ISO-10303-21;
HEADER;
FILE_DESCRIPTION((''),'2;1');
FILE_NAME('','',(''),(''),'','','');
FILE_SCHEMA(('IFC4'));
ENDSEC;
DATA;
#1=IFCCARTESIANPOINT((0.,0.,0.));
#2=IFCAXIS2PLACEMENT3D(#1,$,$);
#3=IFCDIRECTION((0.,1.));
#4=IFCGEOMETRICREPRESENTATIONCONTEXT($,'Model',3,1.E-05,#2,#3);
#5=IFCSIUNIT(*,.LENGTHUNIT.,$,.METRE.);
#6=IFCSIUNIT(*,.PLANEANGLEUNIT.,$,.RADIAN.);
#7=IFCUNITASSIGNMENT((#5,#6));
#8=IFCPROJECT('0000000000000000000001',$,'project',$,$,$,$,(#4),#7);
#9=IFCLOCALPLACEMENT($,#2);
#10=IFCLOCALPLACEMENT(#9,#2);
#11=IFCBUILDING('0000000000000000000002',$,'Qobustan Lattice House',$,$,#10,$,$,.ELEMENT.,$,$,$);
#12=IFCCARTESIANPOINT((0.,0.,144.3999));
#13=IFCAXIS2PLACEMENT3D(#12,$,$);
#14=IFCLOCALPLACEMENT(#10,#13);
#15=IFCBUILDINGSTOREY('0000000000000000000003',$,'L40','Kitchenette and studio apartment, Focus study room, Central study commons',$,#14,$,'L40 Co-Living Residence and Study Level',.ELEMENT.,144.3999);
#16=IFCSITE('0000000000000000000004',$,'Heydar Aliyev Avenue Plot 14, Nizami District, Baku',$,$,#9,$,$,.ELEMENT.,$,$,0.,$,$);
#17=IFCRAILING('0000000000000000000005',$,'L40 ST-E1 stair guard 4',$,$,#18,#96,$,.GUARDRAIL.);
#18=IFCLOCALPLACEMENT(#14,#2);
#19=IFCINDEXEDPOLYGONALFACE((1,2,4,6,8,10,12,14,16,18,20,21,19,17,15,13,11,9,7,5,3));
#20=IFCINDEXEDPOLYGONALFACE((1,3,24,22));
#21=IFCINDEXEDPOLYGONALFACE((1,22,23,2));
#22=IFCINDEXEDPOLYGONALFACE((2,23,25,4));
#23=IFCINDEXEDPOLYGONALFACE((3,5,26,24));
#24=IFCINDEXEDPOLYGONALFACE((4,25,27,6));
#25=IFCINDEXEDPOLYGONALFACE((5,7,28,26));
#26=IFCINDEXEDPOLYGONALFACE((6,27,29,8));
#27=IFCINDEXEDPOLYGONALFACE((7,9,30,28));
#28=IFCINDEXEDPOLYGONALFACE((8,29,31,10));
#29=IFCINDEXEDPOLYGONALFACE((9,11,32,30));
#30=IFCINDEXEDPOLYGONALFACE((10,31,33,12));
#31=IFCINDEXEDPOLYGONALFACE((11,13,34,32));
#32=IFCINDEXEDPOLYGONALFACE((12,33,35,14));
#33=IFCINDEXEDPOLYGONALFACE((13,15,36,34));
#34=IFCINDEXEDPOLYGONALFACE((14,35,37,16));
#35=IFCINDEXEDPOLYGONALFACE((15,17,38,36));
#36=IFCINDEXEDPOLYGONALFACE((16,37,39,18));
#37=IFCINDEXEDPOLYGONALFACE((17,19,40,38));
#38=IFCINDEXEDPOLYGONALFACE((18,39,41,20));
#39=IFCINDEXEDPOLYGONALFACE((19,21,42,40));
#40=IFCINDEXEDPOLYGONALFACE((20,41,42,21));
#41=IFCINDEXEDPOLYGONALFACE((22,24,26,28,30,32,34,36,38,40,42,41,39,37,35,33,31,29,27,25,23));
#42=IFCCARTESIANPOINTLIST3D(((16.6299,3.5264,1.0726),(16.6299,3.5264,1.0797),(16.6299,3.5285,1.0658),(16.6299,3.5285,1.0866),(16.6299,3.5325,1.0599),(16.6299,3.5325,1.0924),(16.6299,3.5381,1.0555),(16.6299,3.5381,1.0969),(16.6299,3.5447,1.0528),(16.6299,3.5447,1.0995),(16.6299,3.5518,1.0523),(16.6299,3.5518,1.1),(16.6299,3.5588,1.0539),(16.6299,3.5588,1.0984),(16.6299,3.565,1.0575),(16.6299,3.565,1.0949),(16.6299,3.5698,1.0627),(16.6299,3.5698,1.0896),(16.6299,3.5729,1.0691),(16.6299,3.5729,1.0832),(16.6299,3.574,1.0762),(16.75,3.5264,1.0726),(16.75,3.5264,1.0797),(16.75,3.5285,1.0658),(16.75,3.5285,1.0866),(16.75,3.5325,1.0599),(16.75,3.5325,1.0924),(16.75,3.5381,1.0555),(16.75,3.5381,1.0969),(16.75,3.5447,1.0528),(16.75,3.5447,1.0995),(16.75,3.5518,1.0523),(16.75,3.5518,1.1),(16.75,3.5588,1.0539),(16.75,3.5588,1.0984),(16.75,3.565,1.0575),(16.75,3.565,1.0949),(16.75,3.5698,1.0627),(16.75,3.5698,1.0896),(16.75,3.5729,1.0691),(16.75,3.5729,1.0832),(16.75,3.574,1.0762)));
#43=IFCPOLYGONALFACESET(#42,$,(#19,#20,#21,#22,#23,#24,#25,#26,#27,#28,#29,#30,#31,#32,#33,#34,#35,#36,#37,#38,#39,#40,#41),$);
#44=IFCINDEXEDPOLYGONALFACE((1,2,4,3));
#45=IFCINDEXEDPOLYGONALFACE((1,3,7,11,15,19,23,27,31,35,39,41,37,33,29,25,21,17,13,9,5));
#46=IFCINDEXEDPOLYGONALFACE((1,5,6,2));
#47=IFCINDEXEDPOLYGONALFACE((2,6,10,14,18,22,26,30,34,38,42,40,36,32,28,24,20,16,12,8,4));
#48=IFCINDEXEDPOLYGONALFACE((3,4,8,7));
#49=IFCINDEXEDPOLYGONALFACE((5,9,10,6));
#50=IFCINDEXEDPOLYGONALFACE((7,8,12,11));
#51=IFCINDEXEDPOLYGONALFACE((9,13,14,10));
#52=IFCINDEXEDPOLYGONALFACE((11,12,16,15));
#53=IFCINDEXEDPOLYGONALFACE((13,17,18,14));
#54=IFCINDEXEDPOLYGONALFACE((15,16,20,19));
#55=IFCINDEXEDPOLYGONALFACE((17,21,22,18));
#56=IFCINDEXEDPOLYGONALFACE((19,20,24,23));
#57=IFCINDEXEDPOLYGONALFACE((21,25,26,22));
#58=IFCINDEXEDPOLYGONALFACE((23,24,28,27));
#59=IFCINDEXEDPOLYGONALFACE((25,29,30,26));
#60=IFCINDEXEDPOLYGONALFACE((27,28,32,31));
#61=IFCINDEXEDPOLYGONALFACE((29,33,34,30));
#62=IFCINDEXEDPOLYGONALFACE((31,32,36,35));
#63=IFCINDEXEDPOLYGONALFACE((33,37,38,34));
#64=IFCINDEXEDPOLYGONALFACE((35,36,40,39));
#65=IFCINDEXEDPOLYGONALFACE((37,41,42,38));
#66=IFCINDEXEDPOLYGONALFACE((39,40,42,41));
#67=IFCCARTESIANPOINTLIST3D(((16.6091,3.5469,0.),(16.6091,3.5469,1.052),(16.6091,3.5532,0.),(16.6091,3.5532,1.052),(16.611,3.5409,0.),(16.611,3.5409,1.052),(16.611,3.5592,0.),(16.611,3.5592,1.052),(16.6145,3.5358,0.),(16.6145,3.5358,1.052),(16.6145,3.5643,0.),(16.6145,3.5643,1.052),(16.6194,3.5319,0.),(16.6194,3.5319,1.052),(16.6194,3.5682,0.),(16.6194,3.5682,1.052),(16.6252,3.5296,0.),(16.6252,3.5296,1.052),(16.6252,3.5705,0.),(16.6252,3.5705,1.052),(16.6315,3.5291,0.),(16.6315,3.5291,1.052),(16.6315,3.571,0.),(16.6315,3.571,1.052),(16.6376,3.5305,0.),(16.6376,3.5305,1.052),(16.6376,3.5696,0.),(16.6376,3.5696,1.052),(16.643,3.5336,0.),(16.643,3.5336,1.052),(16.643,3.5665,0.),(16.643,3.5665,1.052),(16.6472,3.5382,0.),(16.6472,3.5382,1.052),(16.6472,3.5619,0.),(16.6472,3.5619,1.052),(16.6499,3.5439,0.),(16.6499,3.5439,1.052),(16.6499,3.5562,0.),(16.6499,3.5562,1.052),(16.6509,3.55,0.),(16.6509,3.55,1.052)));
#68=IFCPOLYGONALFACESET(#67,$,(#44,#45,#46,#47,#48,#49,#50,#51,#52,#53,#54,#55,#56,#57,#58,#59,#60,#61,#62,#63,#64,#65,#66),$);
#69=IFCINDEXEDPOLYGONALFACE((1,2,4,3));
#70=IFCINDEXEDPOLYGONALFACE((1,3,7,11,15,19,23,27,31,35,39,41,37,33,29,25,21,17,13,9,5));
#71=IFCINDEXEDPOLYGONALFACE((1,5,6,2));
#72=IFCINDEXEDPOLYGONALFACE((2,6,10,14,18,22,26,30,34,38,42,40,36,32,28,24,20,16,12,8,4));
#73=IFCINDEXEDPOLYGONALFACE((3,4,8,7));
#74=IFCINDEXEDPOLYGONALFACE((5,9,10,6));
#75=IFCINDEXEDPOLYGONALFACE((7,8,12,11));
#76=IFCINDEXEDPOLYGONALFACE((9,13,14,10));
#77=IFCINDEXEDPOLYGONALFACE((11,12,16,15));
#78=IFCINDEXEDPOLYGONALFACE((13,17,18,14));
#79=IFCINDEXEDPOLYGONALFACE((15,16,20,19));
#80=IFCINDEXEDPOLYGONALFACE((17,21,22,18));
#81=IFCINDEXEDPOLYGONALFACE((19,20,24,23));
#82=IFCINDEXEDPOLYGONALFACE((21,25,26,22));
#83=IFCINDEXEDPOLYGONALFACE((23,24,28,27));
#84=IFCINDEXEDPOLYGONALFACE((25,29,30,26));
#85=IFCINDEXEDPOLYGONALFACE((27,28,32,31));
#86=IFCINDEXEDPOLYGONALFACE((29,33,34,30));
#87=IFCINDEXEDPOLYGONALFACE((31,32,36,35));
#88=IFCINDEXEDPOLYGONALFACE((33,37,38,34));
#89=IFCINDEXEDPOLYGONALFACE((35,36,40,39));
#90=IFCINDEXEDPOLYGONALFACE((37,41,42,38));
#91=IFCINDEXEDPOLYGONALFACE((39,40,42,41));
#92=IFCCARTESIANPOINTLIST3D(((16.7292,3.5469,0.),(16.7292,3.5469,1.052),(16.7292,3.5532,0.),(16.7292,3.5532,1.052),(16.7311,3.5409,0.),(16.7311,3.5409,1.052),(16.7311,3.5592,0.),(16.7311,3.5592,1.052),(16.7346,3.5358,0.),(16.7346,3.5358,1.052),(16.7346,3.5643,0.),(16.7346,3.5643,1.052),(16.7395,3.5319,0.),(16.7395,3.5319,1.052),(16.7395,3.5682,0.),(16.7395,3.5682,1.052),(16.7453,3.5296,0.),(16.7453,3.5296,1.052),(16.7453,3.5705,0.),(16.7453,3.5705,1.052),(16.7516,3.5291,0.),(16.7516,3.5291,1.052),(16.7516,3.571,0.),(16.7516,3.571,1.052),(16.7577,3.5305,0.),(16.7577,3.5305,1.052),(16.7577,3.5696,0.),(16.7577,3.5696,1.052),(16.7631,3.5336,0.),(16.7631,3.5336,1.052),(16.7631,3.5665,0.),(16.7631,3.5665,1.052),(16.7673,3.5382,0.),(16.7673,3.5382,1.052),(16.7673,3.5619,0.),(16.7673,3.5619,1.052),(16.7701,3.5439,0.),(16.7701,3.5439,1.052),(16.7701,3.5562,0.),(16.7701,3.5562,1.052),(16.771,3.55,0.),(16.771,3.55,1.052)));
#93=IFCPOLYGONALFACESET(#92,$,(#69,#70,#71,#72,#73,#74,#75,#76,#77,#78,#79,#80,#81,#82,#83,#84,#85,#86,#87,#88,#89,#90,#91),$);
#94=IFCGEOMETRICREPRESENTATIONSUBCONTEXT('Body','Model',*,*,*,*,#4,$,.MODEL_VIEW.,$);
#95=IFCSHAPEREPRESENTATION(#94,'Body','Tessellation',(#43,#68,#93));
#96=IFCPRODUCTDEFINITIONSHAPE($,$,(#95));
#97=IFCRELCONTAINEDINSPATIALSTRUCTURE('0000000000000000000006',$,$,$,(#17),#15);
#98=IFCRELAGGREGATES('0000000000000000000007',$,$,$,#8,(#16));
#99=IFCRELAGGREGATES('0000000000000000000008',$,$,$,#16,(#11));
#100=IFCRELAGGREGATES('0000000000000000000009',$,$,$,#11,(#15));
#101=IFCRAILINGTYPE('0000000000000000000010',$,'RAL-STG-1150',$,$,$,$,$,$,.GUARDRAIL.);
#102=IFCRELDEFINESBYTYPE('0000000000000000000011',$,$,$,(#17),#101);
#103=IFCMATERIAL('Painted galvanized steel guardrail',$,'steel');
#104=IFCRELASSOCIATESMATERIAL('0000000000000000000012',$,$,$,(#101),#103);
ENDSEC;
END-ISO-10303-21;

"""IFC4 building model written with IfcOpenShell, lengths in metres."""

from ifc_helpers import new_model, si_unit, direction, frame, origin, origin_2d, place, context, subcontext, project, spatial, circle, extrude, material, type_object, element, save


model = new_model("IFC4")

# Units and contexts
model_context = context("Model", 3, precision=1e-05, world=origin(), true_north=direction((0.0, 1.0)))
body_context = subcontext(model_context, "Body", "Model", "MODEL_VIEW")
ifc_project = project(units=[si_unit("LENGTHUNIT", "METRE"), si_unit("PLANEANGLEUNIT", "RADIAN")], contexts=[model_context])

# Site, building, storey
site_placement = place(None, origin())
site = spatial("IfcSite", under=ifc_project, at=site_placement, Name="Heydar Aliyev Avenue Plot 14, Nizami District, Baku", CompositionType="ELEMENT", RefElevation=0.0)
building_placement = place(site_placement, origin())
building = spatial("IfcBuilding", under=site, at=building_placement, Name="Qobustan Lattice House", CompositionType="ELEMENT")
storey_placement = place(building_placement, frame((0.0, 0.0, 144.3999)))
storey = spatial("IfcBuildingStorey", under=building, at=storey_placement, Name="L40", Description="Kitchenette and studio apartment, Focus study room, Central study commons", LongName="L40 Co-Living Residence and Study Level", CompositionType="ELEMENT", Elevation=144.3999)

# Railing
ifc_material_1 = material(Name="Painted galvanized steel guardrail", Category="steel")
railing_type_1 = type_object("IfcRailingType", Name="RAL-STG-1150", PredefinedType="GUARDRAIL", material=ifc_material_1)
railing_1_placement = place(storey_placement, frame((16.6299, 3.55, 0.0)))
element("IfcRailing", 1, at=railing_1_placement, inside=storey, type_object=railing_type_1, Name="L40 ST-E1 stair guard 4", PredefinedType="GUARDRAIL", context=body_context, shape_type="SweptSolid", body=[
    extrude(circle(Radius=0.0239, at=origin_2d()), frame((0.0, 0.0, 1.0762), z_axis=(1.0, 0.0, 0.0), x_axis=(0.0, 1.0, 0.0)), (0.0, 0.0, 1.0), 0.1201),
    extrude(circle(Radius=0.021, at=origin_2d()), origin(), (0.0, 0.0, 1.0), 1.052),
    extrude(circle(Radius=0.021, at=origin_2d()), frame((0.1201, 0.0, 0.0)), (0.0, 0.0, 1.0), 1.052),
])

save(model, "model.ifc")
